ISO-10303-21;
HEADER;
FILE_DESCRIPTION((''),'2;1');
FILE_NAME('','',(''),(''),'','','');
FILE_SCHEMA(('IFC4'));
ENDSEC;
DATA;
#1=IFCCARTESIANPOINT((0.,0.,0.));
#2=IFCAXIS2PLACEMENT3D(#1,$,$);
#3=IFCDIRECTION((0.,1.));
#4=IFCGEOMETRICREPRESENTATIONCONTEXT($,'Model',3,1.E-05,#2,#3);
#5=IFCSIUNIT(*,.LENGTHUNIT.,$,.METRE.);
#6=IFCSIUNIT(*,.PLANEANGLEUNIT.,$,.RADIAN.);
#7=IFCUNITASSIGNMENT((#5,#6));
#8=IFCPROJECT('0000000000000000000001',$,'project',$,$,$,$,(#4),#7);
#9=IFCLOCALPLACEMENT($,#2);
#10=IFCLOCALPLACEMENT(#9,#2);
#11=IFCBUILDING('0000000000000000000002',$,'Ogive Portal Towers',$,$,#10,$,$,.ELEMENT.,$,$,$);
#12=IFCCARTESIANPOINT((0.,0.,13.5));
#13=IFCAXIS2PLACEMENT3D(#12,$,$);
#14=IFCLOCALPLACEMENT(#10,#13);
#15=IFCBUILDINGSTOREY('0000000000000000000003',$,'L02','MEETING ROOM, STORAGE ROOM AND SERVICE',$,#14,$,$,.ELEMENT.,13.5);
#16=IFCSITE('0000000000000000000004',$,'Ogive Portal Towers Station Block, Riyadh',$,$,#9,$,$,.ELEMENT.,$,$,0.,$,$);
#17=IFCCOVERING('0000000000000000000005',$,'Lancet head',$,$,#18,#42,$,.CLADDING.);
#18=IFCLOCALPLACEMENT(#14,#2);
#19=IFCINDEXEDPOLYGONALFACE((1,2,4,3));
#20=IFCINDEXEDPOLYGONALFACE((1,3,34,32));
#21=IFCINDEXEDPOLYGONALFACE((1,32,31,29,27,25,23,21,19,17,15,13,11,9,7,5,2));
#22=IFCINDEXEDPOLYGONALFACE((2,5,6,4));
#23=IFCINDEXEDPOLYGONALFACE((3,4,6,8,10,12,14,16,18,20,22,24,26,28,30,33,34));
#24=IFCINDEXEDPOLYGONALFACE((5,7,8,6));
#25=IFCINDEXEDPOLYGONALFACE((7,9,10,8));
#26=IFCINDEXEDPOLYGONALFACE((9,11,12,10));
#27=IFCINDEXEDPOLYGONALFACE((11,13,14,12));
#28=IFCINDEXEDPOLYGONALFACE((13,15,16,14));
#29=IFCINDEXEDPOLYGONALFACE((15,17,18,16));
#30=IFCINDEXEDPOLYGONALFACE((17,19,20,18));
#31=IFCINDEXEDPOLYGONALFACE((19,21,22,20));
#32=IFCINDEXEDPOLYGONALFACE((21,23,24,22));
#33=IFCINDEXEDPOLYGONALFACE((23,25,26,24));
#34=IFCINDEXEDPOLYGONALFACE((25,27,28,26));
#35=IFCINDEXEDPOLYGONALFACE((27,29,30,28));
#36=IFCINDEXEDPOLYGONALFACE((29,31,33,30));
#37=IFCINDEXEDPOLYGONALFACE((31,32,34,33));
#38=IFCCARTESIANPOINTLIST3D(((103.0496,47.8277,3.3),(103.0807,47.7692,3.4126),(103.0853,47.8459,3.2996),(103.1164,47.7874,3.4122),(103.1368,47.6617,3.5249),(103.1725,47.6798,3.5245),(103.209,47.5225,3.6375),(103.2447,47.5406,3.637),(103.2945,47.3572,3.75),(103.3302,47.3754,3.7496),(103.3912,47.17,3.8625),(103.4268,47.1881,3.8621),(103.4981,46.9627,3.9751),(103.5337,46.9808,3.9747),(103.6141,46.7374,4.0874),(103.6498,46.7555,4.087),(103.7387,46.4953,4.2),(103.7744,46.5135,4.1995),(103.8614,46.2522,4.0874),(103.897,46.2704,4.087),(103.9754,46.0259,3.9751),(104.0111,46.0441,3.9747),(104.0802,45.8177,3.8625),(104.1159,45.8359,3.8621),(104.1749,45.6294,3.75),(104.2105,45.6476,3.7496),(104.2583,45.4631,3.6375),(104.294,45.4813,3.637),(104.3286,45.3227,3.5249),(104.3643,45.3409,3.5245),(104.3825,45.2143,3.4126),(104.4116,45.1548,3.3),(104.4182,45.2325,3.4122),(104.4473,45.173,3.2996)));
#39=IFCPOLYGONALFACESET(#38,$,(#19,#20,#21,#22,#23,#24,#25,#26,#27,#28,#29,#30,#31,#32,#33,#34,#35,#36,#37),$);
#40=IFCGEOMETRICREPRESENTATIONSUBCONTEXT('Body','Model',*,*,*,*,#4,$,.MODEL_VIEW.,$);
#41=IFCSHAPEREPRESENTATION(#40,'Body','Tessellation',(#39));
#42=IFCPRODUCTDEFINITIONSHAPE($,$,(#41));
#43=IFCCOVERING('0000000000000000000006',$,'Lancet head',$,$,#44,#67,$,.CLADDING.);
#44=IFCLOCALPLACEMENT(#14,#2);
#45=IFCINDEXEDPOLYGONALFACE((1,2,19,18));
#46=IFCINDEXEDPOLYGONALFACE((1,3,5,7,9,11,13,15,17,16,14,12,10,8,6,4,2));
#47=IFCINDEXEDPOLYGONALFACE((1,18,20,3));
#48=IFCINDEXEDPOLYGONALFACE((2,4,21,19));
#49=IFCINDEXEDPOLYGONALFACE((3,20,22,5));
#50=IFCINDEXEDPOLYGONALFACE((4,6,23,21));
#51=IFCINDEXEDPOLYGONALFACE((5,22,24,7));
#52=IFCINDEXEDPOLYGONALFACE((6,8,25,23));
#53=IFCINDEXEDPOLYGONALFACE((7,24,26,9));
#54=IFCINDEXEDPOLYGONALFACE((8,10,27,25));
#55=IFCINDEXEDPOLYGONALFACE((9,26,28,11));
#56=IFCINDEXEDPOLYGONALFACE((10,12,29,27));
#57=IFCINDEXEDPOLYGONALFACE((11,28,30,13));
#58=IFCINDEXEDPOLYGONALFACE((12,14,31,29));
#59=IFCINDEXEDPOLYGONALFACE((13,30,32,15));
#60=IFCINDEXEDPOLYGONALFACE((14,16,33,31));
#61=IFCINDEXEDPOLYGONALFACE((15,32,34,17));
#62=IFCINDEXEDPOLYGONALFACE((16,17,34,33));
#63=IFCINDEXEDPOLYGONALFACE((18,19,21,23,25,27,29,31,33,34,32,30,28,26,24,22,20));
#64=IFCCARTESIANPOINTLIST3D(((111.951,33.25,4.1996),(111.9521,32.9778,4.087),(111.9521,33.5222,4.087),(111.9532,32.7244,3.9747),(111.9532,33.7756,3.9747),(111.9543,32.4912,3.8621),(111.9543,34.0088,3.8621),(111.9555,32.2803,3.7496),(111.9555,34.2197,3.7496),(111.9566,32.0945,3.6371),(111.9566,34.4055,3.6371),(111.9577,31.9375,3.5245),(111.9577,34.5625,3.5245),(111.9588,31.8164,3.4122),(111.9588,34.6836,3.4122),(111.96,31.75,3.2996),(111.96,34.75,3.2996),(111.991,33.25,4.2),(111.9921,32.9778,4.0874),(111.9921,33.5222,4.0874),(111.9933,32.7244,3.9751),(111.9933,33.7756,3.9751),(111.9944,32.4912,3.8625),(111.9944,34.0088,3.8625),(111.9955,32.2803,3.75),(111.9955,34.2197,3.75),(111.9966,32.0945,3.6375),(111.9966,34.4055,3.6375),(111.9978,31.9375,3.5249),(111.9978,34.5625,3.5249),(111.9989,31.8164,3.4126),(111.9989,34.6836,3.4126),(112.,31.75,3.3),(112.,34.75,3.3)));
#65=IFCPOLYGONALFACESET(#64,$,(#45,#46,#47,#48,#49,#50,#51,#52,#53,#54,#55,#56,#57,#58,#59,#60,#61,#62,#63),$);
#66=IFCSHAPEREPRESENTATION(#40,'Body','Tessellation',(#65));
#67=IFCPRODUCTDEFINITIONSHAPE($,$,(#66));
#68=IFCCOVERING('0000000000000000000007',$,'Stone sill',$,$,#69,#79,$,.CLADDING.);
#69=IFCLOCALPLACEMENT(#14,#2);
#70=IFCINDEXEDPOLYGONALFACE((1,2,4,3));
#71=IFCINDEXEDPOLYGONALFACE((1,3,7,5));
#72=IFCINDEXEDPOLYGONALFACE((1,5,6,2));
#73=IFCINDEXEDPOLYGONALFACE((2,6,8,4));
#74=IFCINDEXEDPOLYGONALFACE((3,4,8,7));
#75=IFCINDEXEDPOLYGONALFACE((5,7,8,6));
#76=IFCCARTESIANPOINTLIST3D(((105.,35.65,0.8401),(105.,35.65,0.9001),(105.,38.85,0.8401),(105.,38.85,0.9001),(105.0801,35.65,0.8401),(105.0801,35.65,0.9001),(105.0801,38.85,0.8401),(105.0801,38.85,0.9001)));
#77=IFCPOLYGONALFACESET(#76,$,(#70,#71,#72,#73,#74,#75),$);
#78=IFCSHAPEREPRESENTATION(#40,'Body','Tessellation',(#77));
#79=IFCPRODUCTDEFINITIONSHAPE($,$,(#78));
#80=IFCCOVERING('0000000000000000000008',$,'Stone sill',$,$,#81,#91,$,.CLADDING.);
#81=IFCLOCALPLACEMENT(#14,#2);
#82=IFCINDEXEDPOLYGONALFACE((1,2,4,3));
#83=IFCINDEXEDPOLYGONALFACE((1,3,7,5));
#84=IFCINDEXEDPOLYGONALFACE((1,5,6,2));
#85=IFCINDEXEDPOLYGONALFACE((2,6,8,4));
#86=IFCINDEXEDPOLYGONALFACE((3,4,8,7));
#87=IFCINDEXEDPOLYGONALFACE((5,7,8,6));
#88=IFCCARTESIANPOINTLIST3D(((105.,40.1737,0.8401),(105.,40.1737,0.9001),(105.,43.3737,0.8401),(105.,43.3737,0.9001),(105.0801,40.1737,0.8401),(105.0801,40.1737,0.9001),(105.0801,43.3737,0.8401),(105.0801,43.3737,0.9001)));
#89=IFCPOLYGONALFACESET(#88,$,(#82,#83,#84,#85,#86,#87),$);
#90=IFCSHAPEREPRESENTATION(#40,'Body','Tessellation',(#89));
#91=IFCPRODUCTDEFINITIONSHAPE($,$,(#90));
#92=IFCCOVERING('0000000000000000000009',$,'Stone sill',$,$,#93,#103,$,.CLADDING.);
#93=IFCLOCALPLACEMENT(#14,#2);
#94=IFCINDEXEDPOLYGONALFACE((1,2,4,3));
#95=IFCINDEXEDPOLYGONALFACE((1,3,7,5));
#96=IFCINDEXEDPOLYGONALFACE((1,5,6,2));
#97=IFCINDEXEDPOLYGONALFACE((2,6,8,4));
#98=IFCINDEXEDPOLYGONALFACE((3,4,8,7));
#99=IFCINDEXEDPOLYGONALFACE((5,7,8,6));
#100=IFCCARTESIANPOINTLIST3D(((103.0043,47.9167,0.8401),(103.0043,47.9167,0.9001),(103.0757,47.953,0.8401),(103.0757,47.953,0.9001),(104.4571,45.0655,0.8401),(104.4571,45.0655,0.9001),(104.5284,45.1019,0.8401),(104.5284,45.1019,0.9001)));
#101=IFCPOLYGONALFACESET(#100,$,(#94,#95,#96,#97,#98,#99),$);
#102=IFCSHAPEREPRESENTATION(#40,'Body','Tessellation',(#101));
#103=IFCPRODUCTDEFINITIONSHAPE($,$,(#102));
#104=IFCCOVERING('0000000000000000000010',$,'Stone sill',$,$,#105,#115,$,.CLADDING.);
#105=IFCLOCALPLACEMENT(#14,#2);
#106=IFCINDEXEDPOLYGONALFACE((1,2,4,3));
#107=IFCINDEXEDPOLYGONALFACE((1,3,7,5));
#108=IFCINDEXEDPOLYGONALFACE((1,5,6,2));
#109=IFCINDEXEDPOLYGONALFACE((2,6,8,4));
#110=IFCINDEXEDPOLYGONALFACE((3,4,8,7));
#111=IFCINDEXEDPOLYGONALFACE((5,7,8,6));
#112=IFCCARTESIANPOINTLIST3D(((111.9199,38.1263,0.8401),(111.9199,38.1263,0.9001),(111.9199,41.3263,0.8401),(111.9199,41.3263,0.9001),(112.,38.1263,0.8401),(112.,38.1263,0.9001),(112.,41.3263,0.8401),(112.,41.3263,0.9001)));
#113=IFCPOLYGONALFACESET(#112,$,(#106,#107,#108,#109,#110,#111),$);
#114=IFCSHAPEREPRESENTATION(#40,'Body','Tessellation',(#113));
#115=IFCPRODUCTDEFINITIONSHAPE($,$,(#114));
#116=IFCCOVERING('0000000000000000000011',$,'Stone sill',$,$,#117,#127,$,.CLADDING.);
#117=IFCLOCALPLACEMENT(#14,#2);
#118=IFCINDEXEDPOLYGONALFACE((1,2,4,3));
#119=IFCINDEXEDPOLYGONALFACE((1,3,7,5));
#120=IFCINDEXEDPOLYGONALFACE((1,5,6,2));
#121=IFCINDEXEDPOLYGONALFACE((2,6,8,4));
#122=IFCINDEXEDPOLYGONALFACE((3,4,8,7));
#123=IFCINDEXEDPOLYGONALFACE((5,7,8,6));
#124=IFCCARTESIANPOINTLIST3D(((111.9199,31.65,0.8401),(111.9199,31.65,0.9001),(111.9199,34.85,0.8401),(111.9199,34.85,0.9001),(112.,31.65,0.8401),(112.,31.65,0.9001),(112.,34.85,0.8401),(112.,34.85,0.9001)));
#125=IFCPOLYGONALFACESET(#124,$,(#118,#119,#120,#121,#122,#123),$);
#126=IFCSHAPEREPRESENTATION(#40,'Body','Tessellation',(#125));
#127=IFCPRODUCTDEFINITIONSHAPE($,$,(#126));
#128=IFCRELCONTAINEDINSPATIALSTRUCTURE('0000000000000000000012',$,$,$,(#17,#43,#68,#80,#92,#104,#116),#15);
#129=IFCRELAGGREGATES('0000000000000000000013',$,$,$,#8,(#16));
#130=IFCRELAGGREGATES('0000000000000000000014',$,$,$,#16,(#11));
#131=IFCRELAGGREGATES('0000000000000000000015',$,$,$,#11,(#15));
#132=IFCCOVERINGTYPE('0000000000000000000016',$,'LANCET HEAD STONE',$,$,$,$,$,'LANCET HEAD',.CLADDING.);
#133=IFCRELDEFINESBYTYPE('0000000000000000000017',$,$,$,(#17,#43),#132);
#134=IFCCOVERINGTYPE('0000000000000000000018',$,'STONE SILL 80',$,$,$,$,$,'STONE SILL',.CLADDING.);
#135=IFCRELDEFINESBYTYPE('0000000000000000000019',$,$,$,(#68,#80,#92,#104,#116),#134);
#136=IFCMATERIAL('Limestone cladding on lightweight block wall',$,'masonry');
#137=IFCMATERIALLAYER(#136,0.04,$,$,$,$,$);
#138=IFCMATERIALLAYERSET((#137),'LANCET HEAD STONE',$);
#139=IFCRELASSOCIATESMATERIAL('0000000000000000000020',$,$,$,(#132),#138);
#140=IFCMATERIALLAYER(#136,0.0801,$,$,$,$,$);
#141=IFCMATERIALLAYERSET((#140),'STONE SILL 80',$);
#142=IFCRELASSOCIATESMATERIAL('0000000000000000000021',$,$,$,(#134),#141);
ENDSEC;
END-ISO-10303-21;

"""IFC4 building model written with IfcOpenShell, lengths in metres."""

from ifc_helpers import new_model, si_unit, direction, frame, origin, origin_2d, place, context, subcontext, project, spatial, polyline, rectangle, outline, extrude, material, layer, layer_set, type_object, element, save


model = new_model("IFC4")

# Units and contexts
model_context = context("Model", 3, precision=1e-05, world=origin(), true_north=direction((0.0, 1.0)))
body_context = subcontext(model_context, "Body", "Model", "MODEL_VIEW")
ifc_project = project(units=[si_unit("LENGTHUNIT", "METRE"), si_unit("PLANEANGLEUNIT", "RADIAN")], contexts=[model_context])

# Site, building, storey
site_placement = place(None, origin())
site = spatial("IfcSite", under=ifc_project, at=site_placement, Name="Ogive Portal Towers Station Block, Riyadh", CompositionType="ELEMENT", RefElevation=0.0)
building_placement = place(site_placement, origin())
building = spatial("IfcBuilding", under=site, at=building_placement, Name="Ogive Portal Towers", CompositionType="ELEMENT")
storey_placement = place(building_placement, frame((0.0, 0.0, 13.5)))
storey = spatial("IfcBuildingStorey", under=building, at=storey_placement, Name="L02", Description="MEETING ROOM, STORAGE ROOM AND SERVICE", CompositionType="ELEMENT", Elevation=13.5)

# Shared definitions
ifc_material_1 = material(Name="Limestone cladding on lightweight block wall", Category="masonry")

# Coverings
ifc_layer_1 = layer(ifc_material_1, 0.04)
ifc_layer_set_1 = layer_set([ifc_layer_1], Name="LANCET HEAD STONE")
covering_type_1 = type_object("IfcCoveringType", Name="LANCET HEAD STONE", ElementType="LANCET HEAD", PredefinedType="CLADDING", material=ifc_layer_set_1)
covering_1_placement = place(storey_placement, frame((104.4116, 45.1548, 3.3), z_axis=(-0.890951, -0.453987, 0.010108), x_axis=(-0.45401, 0.890997, 0.0)))
element("IfcCovering", 1, at=covering_1_placement, inside=storey, type_object=covering_type_1, Name="Lancet head", PredefinedType="CLADDING", context=body_context, shape_type="SweptSolid", body=[
    extrude(outline(polyline([(0.0, 0.0), (2.9999, 0.0), (2.9337, -0.1126), (2.8124, -0.2249), (2.6556, -0.3374), (2.4695, -0.45), (2.2588, -0.5625), (2.0256, -0.6751), (1.7721, -0.7874), (1.4999, -0.8999), (1.2276, -0.7874), (0.9742, -0.6751), (0.7411, -0.5625), (0.5304, -0.45), (0.3443, -0.3374), (0.1873, -0.2249), (0.0663, -0.1126), (0.0, 0.0)])), origin(), (0.0, 0.0, -1.0), 0.04),
])
covering_2_placement = place(storey_placement, frame((112.0, 34.75, 3.3), z_axis=(0.99995, 0.0, 0.009994), x_axis=(0.0, -1.0, 0.0)))
element("IfcCovering", 2, at=covering_2_placement, inside=storey, type_object=covering_type_1, Name="Lancet head", PredefinedType="CLADDING", context=body_context, shape_type="SweptSolid", body=[
    extrude(outline(polyline([(0.0, 0.0), (3.0, 0.0), (2.9336, -0.1126), (2.8125, -0.2249), (2.6555, -0.3374), (2.4697, -0.45), (2.2588, -0.5625), (2.0256, -0.6751), (1.7722, -0.7874), (1.5, -0.8999), (1.2278, -0.7874), (0.9744, -0.6751), (0.7412, -0.5625), (0.5303, -0.45), (0.3445, -0.3374), (0.1875, -0.2249), (0.0664, -0.1126), (0.0, 0.0)])), origin(), (0.0, 0.0, -1.0), 0.04),
])
ifc_layer_2 = layer(ifc_material_1, 0.0801)
ifc_layer_set_2 = layer_set([ifc_layer_2], Name="STONE SILL 80")
covering_type_2 = type_object("IfcCoveringType", Name="STONE SILL 80", ElementType="STONE SILL", PredefinedType="CLADDING", material=ifc_layer_set_2)
for number, where, z_axis, x_axis, name in (
    (3, (105.04, 37.25, 0.8401), (0.0, 0.0, 1.0), (0.0, 1.0, 0.0), "Stone sill"),
    (4, (105.04, 41.7737, 0.8401), (0.0, 0.0, 1.0), (0.0, 1.0, 0.0), "Stone sill"),
    (5, (103.7664, 46.5093, 0.8401), (0.0, 0.0, 1.0), (-0.45399, 0.891007, 0.0), "Stone sill"),
    (6, (111.96, 39.7263, 0.8401), (0.0, 0.0, 1.0), (0.0, -1.0, 0.0), "Stone sill"),
    (7, (111.96, 33.25, 0.8401), (0.0, 0.0, 1.0), (0.0, -1.0, 0.0), "Stone sill"),
):
    element("IfcCovering", number, at=place(storey_placement, frame(where, z_axis=z_axis, x_axis=x_axis)), inside=storey, type_object=covering_type_2, Name=name, PredefinedType="CLADDING", context=body_context, shape_type="SweptSolid", body=[
        extrude(rectangle(XDim=3.2, YDim=0.0801, at=origin_2d()), origin(), (0.0, 0.0, 1.0), 0.0601),
    ])

save(model, "model.ifc")
